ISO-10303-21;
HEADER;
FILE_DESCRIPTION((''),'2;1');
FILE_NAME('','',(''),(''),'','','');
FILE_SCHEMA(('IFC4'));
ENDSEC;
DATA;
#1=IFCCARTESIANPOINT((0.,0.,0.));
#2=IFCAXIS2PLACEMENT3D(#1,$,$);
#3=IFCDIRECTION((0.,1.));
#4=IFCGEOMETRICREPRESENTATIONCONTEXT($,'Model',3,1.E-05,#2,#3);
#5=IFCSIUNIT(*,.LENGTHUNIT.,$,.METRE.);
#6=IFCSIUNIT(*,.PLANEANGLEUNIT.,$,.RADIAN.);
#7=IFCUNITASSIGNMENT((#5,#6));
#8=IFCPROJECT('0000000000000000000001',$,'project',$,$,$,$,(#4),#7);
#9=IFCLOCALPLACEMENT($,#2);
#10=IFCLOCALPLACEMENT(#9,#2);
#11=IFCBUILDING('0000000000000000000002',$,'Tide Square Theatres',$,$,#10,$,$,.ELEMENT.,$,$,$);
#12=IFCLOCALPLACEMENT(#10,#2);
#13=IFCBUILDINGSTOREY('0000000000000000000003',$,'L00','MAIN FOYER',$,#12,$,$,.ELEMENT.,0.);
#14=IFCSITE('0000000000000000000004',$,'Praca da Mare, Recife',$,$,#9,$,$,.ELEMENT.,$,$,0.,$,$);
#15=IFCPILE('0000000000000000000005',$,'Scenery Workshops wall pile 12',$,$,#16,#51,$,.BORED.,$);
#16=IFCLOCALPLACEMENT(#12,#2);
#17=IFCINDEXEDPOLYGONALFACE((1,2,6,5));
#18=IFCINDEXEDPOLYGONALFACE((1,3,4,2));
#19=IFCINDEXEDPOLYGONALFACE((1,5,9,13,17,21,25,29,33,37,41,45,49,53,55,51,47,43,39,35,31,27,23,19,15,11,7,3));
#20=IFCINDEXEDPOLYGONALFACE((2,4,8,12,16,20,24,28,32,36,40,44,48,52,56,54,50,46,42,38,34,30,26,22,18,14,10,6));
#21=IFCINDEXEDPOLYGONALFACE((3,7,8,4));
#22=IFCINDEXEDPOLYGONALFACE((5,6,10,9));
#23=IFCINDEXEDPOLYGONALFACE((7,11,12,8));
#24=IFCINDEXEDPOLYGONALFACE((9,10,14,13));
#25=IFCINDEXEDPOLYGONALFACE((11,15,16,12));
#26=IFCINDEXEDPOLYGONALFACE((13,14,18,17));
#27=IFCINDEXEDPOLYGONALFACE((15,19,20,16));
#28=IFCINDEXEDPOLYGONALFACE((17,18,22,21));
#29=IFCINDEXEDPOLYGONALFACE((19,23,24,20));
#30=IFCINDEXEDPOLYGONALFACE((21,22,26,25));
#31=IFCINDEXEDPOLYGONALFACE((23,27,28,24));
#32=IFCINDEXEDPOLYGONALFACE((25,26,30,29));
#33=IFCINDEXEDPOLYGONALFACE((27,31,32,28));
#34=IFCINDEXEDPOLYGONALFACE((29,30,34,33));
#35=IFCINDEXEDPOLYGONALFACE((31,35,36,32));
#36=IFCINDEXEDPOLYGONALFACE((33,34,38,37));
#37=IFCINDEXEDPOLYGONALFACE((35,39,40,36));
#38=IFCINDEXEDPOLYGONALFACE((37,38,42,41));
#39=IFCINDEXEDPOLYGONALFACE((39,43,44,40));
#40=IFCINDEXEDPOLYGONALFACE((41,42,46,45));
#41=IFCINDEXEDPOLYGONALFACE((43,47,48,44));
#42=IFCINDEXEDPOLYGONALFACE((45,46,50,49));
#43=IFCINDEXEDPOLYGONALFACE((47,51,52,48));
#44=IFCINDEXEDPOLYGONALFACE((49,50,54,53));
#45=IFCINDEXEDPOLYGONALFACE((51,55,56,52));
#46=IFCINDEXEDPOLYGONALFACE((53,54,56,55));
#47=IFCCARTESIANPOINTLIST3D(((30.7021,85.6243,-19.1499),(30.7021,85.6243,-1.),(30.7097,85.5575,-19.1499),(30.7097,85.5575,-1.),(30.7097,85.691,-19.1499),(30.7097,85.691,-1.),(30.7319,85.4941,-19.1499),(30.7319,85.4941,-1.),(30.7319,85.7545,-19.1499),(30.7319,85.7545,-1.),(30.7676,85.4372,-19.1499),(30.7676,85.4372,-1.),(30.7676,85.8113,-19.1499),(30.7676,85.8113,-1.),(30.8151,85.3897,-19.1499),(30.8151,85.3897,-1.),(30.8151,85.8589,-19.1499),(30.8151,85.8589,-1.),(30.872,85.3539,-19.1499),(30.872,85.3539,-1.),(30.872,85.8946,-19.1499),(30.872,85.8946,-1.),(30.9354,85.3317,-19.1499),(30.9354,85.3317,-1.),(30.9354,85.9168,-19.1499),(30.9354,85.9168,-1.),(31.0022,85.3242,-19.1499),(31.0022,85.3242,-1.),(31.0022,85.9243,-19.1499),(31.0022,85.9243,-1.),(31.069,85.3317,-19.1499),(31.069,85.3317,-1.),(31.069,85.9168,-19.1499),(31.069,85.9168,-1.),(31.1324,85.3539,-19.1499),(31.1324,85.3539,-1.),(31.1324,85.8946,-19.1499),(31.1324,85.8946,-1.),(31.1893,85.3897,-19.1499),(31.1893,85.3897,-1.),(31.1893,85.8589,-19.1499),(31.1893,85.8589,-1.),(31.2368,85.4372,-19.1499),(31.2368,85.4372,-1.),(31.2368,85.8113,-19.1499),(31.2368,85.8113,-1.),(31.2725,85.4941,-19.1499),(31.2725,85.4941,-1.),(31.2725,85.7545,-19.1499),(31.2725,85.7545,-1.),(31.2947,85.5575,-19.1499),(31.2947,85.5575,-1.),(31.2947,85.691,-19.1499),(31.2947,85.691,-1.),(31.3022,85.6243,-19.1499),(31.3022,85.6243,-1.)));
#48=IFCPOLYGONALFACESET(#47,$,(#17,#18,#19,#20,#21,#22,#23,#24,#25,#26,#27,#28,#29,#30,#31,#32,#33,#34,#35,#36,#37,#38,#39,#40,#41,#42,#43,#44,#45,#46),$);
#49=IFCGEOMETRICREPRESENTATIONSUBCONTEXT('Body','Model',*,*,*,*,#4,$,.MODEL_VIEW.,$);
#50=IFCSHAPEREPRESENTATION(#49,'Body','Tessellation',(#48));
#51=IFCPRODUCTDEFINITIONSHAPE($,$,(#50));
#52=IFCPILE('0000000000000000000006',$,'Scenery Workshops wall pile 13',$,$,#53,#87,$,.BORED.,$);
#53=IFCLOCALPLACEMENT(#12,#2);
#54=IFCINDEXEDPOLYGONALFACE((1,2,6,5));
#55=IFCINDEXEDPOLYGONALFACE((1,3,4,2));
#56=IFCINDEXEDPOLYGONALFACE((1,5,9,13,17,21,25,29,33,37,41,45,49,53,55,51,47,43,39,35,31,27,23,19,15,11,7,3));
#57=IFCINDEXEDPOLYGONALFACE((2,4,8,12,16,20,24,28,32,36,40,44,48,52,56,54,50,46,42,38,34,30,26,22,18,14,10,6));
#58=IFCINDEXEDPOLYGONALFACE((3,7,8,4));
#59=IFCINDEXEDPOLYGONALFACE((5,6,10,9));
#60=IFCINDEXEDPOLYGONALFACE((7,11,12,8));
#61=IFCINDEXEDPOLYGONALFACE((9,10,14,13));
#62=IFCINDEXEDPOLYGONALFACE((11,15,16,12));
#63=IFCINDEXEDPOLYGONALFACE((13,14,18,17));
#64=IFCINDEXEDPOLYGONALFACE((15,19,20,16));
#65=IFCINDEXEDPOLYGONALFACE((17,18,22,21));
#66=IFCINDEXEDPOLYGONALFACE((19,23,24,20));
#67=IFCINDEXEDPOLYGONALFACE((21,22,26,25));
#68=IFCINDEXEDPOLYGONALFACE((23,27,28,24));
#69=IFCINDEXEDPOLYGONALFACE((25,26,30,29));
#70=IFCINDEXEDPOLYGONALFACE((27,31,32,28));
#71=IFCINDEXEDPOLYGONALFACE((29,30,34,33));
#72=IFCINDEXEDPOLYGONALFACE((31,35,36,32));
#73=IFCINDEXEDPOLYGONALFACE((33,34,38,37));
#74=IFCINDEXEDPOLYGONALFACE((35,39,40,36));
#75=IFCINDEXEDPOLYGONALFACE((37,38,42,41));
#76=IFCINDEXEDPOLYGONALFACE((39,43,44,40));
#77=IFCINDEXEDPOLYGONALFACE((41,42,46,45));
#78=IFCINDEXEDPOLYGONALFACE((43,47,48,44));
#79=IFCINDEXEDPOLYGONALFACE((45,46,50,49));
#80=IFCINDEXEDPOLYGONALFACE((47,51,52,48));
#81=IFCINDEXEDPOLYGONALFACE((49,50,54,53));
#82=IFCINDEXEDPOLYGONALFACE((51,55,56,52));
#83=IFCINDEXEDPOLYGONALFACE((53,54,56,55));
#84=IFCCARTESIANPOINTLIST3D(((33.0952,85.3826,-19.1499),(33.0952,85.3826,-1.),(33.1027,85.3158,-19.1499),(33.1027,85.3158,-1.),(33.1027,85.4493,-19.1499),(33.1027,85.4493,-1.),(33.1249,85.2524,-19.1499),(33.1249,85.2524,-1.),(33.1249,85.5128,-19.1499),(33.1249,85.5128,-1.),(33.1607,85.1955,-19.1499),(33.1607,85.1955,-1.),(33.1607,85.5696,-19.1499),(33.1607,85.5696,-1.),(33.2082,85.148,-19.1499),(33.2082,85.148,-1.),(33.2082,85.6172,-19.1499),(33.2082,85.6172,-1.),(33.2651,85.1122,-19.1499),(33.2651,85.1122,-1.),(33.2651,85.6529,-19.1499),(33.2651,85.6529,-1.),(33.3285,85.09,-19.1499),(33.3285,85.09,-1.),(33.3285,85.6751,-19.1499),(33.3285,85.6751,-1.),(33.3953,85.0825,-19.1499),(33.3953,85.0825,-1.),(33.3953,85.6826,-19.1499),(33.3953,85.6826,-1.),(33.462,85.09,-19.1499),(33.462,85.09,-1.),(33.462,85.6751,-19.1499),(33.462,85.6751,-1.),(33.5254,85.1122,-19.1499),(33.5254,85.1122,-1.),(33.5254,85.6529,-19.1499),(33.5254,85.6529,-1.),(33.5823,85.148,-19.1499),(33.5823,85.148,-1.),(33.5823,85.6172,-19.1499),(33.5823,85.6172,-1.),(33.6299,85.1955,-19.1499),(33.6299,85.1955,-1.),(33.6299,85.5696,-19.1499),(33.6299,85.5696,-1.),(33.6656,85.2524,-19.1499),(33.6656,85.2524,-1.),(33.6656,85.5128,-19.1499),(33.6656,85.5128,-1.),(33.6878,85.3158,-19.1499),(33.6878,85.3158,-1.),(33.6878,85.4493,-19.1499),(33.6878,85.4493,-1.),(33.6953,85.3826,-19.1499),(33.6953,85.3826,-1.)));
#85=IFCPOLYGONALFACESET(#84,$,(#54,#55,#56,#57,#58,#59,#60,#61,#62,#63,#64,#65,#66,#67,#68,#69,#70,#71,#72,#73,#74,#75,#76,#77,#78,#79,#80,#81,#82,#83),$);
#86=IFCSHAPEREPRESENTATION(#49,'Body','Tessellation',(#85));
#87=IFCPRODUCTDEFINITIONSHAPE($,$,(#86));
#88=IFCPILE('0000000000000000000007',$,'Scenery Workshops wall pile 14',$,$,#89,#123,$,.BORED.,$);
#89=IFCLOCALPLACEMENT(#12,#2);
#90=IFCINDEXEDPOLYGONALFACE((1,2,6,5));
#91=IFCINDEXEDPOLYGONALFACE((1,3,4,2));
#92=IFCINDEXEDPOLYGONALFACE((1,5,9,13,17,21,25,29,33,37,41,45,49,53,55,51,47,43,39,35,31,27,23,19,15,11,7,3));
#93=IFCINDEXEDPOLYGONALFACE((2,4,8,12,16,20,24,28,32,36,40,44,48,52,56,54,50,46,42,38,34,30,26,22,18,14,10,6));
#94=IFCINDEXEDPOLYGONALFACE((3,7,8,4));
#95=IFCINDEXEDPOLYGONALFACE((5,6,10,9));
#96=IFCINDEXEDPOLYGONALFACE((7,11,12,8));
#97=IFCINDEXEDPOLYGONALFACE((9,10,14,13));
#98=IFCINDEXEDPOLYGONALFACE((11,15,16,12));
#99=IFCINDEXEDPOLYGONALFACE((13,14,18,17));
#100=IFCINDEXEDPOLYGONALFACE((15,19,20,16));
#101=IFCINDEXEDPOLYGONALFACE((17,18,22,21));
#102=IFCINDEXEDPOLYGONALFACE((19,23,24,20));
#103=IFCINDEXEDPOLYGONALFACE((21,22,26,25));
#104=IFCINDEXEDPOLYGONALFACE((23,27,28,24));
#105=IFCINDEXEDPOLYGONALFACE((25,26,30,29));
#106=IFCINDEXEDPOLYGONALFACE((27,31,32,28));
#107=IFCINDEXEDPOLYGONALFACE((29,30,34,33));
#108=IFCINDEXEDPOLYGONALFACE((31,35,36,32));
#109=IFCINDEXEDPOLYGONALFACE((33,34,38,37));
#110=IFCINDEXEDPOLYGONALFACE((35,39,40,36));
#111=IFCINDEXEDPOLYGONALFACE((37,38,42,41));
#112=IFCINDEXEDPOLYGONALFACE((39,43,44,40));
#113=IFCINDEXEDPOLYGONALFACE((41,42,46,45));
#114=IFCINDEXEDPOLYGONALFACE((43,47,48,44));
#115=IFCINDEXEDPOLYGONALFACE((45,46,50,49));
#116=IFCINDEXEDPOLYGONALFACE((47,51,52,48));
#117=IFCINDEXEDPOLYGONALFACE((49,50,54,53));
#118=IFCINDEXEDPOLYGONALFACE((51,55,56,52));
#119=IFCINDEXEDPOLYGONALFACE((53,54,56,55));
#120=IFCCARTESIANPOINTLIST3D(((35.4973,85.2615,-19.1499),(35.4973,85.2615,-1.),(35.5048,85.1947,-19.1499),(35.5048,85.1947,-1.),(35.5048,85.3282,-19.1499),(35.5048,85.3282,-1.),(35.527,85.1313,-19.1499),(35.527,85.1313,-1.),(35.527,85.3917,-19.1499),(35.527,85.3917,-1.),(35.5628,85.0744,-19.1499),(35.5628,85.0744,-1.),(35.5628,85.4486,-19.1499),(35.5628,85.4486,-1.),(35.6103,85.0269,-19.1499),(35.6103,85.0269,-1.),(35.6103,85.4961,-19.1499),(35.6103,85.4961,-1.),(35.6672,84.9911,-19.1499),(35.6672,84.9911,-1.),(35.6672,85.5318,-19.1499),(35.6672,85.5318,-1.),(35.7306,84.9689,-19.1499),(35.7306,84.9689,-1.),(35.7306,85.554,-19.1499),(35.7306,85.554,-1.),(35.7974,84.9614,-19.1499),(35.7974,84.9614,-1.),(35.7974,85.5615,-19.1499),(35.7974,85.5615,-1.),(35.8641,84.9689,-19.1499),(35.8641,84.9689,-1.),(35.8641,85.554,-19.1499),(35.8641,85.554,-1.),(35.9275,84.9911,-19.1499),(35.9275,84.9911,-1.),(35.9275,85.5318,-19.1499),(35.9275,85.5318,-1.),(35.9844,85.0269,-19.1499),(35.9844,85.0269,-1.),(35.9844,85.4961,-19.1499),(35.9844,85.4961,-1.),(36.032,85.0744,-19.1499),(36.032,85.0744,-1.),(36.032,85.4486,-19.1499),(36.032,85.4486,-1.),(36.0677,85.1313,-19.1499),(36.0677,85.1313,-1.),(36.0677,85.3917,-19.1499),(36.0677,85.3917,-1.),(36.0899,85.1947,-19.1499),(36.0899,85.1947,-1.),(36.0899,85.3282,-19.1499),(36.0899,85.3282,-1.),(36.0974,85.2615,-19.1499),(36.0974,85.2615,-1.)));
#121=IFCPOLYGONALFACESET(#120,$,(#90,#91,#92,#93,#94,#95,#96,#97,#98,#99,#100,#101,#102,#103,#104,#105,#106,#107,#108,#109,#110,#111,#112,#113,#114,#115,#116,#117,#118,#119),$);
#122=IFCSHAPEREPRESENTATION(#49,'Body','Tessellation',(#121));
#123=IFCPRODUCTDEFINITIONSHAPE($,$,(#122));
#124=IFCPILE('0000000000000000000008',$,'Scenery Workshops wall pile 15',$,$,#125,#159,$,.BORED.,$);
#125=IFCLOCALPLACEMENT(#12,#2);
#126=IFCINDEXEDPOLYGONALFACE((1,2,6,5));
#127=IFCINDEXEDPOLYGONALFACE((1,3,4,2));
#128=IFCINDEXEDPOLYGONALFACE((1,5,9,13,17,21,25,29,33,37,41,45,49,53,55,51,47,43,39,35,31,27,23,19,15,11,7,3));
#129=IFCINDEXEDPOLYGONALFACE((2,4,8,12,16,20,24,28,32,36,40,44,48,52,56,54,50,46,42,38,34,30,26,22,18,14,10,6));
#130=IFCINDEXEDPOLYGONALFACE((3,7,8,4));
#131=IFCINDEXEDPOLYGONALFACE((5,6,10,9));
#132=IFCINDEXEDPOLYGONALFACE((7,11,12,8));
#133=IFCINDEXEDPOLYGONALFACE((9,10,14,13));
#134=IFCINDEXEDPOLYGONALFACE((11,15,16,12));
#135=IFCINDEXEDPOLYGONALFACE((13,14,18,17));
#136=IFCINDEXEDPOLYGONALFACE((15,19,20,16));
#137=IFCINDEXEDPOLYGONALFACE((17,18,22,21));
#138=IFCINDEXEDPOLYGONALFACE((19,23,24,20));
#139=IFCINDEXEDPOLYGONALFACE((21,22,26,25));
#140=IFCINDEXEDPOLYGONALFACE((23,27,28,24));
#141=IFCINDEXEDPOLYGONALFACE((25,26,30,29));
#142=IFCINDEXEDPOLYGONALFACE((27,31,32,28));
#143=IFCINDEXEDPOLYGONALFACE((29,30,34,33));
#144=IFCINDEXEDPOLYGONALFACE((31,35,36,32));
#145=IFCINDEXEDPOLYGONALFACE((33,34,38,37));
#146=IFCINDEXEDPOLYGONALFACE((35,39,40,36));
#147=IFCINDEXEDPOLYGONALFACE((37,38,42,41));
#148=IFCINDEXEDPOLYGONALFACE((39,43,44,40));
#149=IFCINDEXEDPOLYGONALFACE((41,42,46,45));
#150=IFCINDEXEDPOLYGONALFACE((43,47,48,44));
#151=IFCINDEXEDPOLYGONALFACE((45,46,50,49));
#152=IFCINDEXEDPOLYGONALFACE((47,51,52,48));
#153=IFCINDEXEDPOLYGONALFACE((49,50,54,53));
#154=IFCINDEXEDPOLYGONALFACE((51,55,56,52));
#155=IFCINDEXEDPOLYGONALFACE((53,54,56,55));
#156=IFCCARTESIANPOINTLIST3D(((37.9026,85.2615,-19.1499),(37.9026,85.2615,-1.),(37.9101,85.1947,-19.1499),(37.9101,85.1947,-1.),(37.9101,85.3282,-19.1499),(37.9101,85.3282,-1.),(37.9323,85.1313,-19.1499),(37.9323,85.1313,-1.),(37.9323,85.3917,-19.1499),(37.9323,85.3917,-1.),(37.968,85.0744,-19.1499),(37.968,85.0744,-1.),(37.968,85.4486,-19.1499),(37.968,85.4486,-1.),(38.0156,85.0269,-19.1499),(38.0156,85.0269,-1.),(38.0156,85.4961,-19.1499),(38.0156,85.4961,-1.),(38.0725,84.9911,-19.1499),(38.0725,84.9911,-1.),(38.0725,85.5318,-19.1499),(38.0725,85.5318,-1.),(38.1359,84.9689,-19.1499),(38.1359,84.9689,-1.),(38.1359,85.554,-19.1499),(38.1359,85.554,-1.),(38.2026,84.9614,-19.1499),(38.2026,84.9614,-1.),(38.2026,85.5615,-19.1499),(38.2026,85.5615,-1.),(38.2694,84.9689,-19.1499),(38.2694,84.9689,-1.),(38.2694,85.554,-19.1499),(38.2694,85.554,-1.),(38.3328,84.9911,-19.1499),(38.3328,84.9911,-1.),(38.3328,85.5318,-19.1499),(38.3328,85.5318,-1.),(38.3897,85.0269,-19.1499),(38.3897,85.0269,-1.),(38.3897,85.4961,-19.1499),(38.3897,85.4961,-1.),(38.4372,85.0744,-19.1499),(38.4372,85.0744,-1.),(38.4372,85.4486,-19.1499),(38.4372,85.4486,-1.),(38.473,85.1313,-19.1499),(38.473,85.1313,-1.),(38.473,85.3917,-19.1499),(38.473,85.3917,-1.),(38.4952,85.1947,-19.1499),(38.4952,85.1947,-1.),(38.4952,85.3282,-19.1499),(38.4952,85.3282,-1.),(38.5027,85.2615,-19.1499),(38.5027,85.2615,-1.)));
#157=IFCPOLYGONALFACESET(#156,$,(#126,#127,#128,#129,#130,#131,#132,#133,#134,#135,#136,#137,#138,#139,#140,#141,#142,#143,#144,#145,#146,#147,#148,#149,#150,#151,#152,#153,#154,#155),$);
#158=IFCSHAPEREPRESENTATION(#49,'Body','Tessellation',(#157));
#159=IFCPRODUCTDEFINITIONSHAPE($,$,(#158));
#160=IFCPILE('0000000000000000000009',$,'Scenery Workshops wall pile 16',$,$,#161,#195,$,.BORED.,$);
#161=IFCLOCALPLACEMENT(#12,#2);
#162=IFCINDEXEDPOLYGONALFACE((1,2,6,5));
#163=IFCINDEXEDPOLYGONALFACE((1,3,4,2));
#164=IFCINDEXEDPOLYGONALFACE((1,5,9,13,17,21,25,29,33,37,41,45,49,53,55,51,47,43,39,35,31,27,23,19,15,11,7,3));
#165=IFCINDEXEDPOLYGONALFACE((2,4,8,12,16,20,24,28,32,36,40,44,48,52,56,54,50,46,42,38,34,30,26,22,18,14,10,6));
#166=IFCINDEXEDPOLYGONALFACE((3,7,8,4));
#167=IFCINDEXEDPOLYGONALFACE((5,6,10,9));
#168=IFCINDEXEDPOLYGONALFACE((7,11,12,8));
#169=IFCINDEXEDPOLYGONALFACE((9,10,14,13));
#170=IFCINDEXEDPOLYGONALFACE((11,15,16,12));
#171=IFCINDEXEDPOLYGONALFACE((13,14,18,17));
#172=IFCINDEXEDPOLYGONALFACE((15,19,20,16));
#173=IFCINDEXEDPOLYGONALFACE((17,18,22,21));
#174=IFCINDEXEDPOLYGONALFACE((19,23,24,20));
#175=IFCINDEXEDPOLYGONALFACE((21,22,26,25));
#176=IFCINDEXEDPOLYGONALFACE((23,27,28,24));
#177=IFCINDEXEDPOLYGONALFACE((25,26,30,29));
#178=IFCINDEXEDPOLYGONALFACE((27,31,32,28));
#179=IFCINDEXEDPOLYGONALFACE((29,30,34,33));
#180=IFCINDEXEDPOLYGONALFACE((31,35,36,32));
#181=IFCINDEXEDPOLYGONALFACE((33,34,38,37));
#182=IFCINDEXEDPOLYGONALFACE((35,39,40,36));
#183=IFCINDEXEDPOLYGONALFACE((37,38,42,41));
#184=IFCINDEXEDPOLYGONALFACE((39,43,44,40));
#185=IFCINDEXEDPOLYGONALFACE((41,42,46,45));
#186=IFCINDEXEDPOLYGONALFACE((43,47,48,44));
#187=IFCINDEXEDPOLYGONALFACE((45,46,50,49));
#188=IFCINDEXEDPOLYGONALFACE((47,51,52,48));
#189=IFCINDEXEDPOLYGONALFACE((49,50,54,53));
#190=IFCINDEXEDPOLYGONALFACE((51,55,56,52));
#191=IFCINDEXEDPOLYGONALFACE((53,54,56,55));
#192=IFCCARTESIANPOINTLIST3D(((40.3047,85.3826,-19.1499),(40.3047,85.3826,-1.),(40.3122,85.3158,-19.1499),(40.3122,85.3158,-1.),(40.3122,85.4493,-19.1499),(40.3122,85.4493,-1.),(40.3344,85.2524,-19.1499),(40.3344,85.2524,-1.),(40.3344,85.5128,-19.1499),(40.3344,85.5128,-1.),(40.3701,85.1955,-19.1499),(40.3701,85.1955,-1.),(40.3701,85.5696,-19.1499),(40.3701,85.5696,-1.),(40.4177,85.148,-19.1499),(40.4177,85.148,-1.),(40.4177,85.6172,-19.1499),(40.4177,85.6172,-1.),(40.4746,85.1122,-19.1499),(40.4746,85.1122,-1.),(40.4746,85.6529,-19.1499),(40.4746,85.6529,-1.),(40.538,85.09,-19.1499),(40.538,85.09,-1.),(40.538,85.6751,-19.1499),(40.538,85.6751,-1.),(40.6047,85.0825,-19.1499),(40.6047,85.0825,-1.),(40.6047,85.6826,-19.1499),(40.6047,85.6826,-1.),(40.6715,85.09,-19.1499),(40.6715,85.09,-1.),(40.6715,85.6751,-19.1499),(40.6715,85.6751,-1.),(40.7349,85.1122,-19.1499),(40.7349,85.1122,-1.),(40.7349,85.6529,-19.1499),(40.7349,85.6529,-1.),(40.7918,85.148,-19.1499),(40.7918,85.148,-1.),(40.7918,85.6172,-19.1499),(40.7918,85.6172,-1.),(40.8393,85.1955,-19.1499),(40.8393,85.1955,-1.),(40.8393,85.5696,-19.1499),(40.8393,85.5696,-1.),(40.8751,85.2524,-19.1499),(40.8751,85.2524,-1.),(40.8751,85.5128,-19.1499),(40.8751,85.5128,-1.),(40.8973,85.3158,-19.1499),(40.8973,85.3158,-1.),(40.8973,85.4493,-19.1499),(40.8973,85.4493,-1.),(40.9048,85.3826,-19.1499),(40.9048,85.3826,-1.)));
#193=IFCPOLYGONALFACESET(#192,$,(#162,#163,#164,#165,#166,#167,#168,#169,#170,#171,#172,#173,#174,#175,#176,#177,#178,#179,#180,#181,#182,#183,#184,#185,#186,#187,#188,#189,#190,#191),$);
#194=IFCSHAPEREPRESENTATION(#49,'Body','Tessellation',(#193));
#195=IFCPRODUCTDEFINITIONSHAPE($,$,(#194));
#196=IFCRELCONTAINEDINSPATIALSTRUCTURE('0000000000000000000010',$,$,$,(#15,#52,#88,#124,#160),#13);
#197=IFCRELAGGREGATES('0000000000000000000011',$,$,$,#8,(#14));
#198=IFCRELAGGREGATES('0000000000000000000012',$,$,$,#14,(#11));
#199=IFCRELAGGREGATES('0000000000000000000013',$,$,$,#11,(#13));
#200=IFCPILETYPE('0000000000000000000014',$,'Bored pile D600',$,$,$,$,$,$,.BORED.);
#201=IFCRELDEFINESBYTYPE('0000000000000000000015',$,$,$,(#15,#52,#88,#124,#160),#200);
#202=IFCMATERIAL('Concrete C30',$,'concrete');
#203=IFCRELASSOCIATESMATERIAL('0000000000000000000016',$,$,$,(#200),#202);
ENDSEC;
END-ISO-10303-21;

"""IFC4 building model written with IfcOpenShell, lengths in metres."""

from ifc_helpers import new_model, si_unit, direction, frame, origin, origin_2d, place, context, subcontext, project, spatial, circle, extrude, material, material_profile, profile_set, type_object, element, save


model = new_model("IFC4")

# Units and contexts
model_context = context("Model", 3, precision=1e-05, world=origin(), true_north=direction((0.0, 1.0)))
body_context = subcontext(model_context, "Body", "Model", "MODEL_VIEW")
ifc_project = project(units=[si_unit("LENGTHUNIT", "METRE"), si_unit("PLANEANGLEUNIT", "RADIAN")], contexts=[model_context])

# Site, building, storey
site_placement = place(None, origin())
site = spatial("IfcSite", under=ifc_project, at=site_placement, Name="Praca da Mare, Recife", CompositionType="ELEMENT", RefElevation=0.0)
building_placement = place(site_placement, origin())
building = spatial("IfcBuilding", under=site, at=building_placement, Name="Tide Square Theatres", CompositionType="ELEMENT")
storey_placement = place(building_placement, origin())
storey = spatial("IfcBuildingStorey", under=building, at=storey_placement, Name="L00", Description="MAIN FOYER", CompositionType="ELEMENT", Elevation=0.0)

# Piles
ifc_material_1 = material(Name="Concrete C30", Category="concrete")
ifc_material_profile_1 = material_profile(ifc_material_1, circle(Radius=0.3, at=origin_2d()))
ifc_profile_set_1 = profile_set([ifc_material_profile_1], Name="Concrete C30")
pile_type = type_object("IfcPileType", Name="Bored pile D600", PredefinedType="BORED", material=ifc_profile_set_1)
for number, where, z_axis, x_axis, name in (
    (1, (31.0022, 85.6243, -1.0), (0.0, 0.0, -1.0), (1.0, 0.0, 0.0), "Scenery Workshops wall pile 12"),
    (2, (33.3953, 85.3826, -1.0), (0.0, 0.0, -1.0), (1.0, 0.0, 0.0), "Scenery Workshops wall pile 13"),
    (3, (35.7974, 85.2615, -1.0), (0.0, 0.0, -1.0), (1.0, 0.0, 0.0), "Scenery Workshops wall pile 14"),
    (4, (38.2026, 85.2615, -1.0), (0.0, 0.0, -1.0), (1.0, 0.0, 0.0), "Scenery Workshops wall pile 15"),
    (5, (40.6047, 85.3826, -1.0), (0.0, 0.0, -1.0), (1.0, 0.0, 0.0), "Scenery Workshops wall pile 16"),
):
    element("IfcPile", number, at=place(storey_placement, frame(where, z_axis=z_axis, x_axis=x_axis)), inside=storey, type_object=pile_type, Name=name, PredefinedType="BORED", context=body_context, shape_type="SweptSolid", body=[
        extrude(circle(Radius=0.3, at=origin_2d()), origin(), (0.0, 0.0, 1.0), 18.1499),
    ])

save(model, "model.ifc")
